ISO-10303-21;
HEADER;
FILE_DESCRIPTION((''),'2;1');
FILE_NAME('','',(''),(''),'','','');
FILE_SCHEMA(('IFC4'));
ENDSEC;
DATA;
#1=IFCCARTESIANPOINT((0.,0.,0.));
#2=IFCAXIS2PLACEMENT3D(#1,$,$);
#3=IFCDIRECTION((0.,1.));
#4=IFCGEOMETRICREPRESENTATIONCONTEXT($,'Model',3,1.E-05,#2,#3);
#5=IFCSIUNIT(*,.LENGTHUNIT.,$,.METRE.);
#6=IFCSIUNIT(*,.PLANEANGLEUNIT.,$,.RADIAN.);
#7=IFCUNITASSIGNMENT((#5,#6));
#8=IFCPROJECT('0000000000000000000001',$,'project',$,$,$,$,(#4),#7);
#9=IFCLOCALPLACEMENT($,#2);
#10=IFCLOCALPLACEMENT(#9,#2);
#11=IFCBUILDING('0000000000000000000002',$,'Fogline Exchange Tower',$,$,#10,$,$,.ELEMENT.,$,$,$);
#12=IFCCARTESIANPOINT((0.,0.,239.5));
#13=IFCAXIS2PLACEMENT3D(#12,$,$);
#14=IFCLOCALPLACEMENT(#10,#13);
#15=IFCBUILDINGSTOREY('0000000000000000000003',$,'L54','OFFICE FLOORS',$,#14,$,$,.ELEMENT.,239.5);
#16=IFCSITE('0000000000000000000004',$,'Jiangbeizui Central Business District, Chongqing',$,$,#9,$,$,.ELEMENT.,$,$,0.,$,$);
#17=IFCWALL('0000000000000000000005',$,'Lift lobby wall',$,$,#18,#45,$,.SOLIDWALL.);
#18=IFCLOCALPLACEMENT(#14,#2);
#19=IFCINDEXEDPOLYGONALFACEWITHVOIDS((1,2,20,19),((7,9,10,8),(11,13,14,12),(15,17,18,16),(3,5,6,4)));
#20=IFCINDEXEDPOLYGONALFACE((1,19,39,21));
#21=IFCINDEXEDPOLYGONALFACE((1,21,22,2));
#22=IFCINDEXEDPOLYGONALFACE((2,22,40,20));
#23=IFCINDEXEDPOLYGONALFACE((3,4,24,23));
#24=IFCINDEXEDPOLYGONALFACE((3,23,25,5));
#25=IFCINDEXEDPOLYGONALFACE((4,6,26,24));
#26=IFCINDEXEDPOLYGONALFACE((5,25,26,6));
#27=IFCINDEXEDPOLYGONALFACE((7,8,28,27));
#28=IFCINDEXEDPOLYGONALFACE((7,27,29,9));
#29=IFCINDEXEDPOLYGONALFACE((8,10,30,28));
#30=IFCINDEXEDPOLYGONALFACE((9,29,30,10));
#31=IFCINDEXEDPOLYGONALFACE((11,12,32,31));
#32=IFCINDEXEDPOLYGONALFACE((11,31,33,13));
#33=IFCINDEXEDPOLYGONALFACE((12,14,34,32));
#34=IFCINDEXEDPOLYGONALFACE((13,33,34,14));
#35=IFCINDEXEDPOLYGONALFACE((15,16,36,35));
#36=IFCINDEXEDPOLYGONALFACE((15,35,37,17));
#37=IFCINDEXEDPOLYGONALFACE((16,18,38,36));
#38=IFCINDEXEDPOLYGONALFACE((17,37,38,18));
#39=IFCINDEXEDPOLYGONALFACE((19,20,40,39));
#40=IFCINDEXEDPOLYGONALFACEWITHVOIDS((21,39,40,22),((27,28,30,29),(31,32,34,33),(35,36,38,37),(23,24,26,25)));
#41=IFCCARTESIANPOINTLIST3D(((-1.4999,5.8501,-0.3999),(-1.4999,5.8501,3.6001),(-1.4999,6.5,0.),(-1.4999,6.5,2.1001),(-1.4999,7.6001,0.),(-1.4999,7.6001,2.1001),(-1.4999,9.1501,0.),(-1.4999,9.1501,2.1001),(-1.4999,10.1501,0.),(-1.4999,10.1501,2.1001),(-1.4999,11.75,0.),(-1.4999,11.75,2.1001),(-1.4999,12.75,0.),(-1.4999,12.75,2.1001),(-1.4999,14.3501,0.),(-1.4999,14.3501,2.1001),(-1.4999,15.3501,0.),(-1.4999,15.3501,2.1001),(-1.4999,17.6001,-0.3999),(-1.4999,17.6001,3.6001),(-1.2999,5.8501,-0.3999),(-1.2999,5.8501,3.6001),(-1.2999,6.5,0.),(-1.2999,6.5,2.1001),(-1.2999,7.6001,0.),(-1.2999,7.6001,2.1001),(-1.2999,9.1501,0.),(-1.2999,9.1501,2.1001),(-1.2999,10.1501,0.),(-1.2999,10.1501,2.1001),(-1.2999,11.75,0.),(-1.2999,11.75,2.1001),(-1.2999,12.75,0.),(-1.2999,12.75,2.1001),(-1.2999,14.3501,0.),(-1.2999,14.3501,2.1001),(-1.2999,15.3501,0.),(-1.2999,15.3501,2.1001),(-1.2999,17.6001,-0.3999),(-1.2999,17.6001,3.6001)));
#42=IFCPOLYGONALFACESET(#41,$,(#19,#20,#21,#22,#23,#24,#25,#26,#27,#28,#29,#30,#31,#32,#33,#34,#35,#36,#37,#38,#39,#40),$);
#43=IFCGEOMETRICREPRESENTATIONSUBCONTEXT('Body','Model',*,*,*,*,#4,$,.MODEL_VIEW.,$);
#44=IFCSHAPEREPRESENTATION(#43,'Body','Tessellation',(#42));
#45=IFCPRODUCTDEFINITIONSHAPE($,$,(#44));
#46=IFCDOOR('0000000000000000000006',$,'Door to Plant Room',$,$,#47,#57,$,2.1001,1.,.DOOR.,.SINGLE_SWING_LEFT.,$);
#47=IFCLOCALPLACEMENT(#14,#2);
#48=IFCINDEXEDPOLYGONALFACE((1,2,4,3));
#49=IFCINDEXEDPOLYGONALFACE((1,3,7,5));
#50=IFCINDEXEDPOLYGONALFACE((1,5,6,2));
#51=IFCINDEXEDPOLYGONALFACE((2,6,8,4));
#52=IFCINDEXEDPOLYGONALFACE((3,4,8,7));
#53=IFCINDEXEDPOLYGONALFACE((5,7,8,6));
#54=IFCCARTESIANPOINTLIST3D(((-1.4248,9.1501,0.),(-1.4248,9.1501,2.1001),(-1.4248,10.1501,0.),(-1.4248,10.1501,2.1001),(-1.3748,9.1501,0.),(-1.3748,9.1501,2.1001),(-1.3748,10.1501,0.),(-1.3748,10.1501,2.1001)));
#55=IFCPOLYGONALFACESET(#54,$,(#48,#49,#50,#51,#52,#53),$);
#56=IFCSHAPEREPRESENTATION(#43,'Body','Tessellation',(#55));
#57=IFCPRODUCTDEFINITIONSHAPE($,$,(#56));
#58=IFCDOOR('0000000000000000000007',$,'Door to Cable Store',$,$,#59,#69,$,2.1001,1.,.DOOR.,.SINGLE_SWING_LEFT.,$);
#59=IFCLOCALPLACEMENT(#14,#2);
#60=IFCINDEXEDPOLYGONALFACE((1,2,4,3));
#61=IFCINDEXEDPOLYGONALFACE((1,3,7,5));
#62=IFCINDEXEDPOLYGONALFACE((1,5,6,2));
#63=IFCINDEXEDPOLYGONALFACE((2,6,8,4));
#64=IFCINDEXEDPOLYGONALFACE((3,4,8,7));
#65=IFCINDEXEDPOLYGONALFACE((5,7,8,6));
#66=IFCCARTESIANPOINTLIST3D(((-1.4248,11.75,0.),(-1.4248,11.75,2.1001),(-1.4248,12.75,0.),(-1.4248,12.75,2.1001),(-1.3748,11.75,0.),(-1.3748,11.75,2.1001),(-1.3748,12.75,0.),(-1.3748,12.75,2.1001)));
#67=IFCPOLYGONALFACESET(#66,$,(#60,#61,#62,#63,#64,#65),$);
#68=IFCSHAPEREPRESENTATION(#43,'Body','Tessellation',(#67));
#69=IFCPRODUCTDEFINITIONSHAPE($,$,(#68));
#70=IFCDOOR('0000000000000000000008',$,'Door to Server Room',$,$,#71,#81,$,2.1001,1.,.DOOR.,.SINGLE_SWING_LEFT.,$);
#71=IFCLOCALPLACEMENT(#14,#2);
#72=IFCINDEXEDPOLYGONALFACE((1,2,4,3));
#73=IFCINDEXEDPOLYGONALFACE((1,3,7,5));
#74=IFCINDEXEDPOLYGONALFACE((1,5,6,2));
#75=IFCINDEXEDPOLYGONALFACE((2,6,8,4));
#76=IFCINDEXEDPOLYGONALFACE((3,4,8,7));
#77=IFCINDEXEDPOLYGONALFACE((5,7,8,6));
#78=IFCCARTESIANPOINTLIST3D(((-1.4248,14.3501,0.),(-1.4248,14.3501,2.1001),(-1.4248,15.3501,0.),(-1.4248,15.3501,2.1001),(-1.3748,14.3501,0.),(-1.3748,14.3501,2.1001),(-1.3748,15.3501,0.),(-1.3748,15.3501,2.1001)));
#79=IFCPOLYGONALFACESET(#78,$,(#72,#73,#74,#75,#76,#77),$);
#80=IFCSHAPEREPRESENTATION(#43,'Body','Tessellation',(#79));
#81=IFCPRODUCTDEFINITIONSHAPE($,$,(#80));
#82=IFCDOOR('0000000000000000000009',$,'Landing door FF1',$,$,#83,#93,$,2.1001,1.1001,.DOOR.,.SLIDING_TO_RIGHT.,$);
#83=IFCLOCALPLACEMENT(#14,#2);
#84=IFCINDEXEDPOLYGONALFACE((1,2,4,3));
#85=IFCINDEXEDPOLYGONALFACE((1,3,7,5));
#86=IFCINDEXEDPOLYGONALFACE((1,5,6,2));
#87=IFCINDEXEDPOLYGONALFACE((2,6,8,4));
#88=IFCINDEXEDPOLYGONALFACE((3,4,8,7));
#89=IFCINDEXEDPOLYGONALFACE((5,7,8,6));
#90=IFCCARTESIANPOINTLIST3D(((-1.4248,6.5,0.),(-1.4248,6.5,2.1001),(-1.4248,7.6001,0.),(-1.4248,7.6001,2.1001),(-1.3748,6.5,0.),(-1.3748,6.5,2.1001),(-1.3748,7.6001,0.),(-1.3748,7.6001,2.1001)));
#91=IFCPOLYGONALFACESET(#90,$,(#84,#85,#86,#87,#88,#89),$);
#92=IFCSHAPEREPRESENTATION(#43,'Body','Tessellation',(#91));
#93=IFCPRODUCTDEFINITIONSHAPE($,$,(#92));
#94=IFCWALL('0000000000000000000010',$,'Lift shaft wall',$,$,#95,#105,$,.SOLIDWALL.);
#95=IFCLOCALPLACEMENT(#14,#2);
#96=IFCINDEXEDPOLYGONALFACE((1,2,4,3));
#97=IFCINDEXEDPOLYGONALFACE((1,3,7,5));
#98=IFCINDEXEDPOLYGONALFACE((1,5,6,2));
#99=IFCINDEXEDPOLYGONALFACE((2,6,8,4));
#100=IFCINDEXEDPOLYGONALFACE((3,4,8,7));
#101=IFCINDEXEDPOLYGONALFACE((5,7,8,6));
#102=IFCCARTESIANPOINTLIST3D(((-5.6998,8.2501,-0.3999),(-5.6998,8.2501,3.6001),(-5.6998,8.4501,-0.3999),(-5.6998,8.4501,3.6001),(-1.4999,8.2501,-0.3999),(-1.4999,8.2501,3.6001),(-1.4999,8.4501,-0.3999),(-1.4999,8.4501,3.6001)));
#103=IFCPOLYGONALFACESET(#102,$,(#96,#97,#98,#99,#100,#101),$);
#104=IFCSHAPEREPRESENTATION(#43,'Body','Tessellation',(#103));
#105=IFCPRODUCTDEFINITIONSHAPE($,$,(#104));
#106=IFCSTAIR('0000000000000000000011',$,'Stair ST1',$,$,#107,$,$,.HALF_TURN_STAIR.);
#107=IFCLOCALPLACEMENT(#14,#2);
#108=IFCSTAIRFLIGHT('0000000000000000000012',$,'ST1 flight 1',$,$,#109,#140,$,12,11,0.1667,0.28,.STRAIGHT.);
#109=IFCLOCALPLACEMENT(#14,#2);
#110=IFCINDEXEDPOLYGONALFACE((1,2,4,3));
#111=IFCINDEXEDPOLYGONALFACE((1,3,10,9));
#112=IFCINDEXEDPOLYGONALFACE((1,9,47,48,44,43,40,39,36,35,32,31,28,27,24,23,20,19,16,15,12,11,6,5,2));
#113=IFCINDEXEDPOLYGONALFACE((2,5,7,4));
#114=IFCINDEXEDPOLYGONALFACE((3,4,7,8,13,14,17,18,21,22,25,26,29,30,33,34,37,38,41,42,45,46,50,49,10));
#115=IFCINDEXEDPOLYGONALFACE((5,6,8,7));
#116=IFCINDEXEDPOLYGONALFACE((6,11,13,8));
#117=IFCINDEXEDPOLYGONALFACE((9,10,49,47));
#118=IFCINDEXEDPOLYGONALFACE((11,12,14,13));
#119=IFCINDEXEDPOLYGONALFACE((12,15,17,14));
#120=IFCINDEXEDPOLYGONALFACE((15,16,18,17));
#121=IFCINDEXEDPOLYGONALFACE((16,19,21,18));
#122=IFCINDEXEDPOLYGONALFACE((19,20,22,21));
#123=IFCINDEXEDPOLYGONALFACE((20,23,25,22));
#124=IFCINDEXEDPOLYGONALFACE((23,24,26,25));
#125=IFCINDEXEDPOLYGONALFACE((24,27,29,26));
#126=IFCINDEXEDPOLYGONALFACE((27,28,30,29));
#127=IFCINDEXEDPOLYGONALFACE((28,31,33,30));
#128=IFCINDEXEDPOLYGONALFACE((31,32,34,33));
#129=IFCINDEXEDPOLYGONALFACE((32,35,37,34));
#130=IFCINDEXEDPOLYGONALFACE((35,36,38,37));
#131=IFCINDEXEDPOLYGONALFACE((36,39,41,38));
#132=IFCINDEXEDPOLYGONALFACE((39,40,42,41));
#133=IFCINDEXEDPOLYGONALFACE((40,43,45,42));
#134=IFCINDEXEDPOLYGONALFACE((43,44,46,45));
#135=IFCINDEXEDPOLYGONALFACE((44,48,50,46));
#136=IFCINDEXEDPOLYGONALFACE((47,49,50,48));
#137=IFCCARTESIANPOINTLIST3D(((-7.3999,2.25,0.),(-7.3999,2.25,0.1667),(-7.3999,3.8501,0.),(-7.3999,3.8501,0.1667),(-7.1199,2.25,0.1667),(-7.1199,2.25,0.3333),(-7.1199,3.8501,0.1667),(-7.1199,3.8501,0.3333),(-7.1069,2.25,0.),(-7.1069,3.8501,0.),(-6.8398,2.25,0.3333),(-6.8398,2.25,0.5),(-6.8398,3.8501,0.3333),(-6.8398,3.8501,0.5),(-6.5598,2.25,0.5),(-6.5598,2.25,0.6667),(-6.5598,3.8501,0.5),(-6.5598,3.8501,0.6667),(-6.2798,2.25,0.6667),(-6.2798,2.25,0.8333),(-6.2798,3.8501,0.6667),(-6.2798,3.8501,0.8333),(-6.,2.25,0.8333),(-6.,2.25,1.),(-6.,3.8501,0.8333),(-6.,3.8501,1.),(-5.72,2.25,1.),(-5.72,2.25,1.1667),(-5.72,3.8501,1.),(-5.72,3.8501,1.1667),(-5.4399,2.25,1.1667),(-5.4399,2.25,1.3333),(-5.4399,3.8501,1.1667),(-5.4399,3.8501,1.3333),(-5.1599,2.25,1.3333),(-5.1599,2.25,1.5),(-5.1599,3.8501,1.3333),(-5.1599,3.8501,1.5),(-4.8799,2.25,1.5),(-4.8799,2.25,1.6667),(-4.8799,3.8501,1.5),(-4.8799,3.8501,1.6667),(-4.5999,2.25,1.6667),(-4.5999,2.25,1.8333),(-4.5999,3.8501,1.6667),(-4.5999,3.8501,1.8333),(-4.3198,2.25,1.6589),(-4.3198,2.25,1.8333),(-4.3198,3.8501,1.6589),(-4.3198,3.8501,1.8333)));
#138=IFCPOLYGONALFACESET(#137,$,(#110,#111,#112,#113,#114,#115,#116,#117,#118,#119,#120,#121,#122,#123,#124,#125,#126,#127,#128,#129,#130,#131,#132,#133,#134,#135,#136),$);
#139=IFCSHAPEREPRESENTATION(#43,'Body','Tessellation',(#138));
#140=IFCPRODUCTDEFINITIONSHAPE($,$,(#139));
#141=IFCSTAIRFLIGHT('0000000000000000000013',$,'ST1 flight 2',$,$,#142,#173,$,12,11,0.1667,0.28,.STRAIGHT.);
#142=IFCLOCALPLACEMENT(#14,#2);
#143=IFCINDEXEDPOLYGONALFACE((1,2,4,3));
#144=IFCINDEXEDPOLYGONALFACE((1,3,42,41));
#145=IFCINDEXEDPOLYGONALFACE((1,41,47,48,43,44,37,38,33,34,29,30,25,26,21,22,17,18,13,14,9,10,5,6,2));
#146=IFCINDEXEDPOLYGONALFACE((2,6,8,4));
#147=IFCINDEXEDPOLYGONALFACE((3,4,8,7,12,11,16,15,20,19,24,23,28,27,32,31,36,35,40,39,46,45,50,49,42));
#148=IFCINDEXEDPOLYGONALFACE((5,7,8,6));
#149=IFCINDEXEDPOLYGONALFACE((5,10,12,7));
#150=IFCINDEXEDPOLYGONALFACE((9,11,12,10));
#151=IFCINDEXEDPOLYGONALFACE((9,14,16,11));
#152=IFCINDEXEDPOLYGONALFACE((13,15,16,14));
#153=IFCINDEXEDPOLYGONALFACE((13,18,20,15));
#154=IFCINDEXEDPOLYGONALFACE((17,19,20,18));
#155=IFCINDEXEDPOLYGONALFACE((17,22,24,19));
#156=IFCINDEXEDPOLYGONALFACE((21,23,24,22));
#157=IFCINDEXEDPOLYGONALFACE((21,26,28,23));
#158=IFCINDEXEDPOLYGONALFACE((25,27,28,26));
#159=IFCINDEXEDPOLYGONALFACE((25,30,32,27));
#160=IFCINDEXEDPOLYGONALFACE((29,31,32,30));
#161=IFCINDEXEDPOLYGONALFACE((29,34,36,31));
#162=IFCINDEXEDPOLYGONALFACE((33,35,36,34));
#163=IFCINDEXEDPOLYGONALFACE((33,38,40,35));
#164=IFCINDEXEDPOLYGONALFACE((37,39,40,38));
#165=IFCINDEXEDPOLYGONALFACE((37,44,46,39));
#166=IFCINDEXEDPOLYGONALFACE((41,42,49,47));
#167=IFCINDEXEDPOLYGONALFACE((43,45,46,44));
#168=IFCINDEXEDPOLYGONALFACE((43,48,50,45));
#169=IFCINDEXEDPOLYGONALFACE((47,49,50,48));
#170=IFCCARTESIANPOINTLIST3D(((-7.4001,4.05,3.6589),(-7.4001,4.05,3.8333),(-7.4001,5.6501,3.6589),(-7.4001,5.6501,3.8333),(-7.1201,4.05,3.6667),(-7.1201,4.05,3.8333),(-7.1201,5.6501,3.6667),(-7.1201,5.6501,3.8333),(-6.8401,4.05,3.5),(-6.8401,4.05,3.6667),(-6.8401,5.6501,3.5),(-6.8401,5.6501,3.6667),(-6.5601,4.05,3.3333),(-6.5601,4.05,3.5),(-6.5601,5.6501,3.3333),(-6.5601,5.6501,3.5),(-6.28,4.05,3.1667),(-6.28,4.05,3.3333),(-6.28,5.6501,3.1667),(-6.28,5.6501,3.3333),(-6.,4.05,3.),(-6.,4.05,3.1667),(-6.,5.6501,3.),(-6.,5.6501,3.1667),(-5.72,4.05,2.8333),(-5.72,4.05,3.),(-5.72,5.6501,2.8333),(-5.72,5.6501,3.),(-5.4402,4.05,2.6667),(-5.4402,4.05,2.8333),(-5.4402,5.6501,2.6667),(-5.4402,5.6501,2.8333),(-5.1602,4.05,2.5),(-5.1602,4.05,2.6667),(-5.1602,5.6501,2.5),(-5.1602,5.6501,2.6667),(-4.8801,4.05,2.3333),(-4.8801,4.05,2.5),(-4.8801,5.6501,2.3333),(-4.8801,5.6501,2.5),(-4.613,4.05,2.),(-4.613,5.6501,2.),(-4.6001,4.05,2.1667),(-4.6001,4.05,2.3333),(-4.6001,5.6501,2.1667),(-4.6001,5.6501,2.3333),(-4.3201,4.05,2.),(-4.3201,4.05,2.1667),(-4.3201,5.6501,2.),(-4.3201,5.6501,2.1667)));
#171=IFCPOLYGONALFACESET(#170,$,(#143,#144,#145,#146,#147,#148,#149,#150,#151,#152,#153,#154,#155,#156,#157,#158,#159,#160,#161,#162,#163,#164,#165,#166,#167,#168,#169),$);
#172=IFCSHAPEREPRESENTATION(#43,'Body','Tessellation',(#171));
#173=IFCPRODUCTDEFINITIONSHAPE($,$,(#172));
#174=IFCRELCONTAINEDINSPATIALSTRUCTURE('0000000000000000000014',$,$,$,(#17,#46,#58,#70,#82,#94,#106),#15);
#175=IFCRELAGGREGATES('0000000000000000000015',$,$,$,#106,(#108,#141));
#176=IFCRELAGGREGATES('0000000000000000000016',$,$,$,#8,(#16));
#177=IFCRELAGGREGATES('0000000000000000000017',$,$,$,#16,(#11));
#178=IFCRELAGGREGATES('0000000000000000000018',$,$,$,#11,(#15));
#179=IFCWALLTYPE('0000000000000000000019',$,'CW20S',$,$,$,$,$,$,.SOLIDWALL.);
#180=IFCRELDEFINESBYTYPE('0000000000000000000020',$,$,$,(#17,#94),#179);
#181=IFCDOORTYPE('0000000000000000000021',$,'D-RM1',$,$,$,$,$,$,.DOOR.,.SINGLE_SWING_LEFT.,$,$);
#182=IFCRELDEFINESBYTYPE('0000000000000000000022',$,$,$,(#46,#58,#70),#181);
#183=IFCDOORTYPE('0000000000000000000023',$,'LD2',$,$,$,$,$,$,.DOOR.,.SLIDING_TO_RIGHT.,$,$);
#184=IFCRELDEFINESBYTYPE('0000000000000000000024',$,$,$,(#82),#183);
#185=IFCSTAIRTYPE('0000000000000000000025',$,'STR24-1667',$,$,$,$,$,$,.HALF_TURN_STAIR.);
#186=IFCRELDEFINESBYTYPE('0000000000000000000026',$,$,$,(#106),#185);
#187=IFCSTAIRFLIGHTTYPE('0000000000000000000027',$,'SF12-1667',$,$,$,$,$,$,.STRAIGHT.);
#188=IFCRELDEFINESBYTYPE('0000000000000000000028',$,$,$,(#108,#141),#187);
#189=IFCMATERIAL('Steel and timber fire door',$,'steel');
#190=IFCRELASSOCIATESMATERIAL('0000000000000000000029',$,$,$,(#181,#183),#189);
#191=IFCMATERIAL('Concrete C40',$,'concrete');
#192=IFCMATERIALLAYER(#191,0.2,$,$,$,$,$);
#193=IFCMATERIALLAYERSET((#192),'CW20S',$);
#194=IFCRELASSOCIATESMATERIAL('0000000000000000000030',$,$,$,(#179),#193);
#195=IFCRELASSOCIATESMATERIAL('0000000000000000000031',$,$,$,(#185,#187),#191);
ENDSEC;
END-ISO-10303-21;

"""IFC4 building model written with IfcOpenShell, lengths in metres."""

from ifc_helpers import new_model, si_unit, direction, frame, frame_2d, origin, place, context, subcontext, project, spatial, polyline, rectangle, outline, extrude, material, layer, layer_set, type_object, element, fill, aggregate, save


model = new_model("IFC4")

# Units and contexts
model_context = context("Model", 3, precision=1e-05, world=origin(), true_north=direction((0.0, 1.0)))
body_context = subcontext(model_context, "Body", "Model", "MODEL_VIEW")
ifc_project = project(units=[si_unit("LENGTHUNIT", "METRE"), si_unit("PLANEANGLEUNIT", "RADIAN")], contexts=[model_context])

# Site, building, storey
site_placement = place(None, origin())
site = spatial("IfcSite", under=ifc_project, at=site_placement, Name="Jiangbeizui Central Business District, Chongqing", CompositionType="ELEMENT", RefElevation=0.0)
building_placement = place(site_placement, origin())
building = spatial("IfcBuilding", under=site, at=building_placement, Name="Fogline Exchange Tower", CompositionType="ELEMENT")
storey_placement = place(building_placement, frame((0.0, 0.0, 239.5)))
storey = spatial("IfcBuildingStorey", under=building, at=storey_placement, Name="L54", Description="OFFICE FLOORS", CompositionType="ELEMENT", Elevation=239.5)

# Shared definitions
ifc_material_1 = material(Name="Steel and timber fire door", Category="steel")

# Shared definitions
ifc_material_2 = material(Name="Concrete C40", Category="concrete")

# Shared definitions
door_type_1 = type_object("IfcDoorType", Name="D-RM1", OperationType="SINGLE_SWING_LEFT", PredefinedType="DOOR", material=ifc_material_1)

# Shared definitions
ifc_layer_1 = layer(ifc_material_2, 0.2)
ifc_layer_set_1 = layer_set([ifc_layer_1], Name="CW20S")
wall_type_1 = type_object("IfcWallType", Name="CW20S", PredefinedType="SOLIDWALL", material=ifc_layer_set_1)

# Wall, openings, doors
wall_1_placement = place(storey_placement, frame((-1.3999, 5.8501, -0.3999), z_axis=(0.0, 0.0, 1.0), x_axis=(0.0, 1.0, 0.0)))
wall_1 = element("IfcWall", 1, at=wall_1_placement, inside=storey, type_object=wall_type_1, Name="Lift lobby wall", PredefinedType="SOLIDWALL", context=body_context, shape_type="SweptSolid", body=[
    extrude(rectangle(XDim=11.75, YDim=0.2, at=frame_2d((5.875, 0.0))), origin(), (0.0, 0.0, 1.0), 4.0),
])
opening_1_placement = place(wall_1_placement, frame((0.6499, 0.0, 0.3999)))
opening_1 = element("IfcOpeningElement", 2, at=opening_1_placement, cuts=wall_1, PredefinedType="OPENING", context=body_context, shape_type="SweptSolid", body=[
    extrude(rectangle(XDim=1.1001, YDim=2.1001, at=frame_2d((0.55, 1.05))), frame((0.0, 0.1099, 0.0), z_axis=(0.0, -1.0, 0.0), x_axis=(1.0, 0.0, 0.0)), (0.0, 0.0, 1.0), 0.22),
])
opening_2_placement = place(wall_1_placement, frame((3.3, 0.0, 0.3999)))
opening_2 = element("IfcOpeningElement", 3, at=opening_2_placement, cuts=wall_1, PredefinedType="OPENING", context=body_context, shape_type="SweptSolid", body=[
    extrude(rectangle(XDim=1.0, YDim=2.1001, at=frame_2d((0.5, 1.05))), frame((0.0, 0.1099, 0.0), z_axis=(0.0, -1.0, 0.0), x_axis=(1.0, 0.0, 0.0)), (0.0, 0.0, 1.0), 0.22),
])
opening_3_placement = place(wall_1_placement, frame((5.8999, 0.0, 0.3999)))
opening_3 = element("IfcOpeningElement", 4, at=opening_3_placement, cuts=wall_1, PredefinedType="OPENING", context=body_context, shape_type="SweptSolid", body=[
    extrude(rectangle(XDim=1.0, YDim=2.1001, at=frame_2d((0.5, 1.05))), frame((0.0, 0.1099, 0.0), z_axis=(0.0, -1.0, 0.0), x_axis=(1.0, 0.0, 0.0)), (0.0, 0.0, 1.0), 0.22),
])
opening_4_placement = place(wall_1_placement, frame((8.5, 0.0, 0.3999)))
opening_4 = element("IfcOpeningElement", 5, at=opening_4_placement, cuts=wall_1, PredefinedType="OPENING", context=body_context, shape_type="SweptSolid", body=[
    extrude(rectangle(XDim=1.0, YDim=2.1001, at=frame_2d((0.5, 1.05))), frame((0.0, 0.1099, 0.0), z_axis=(0.0, -1.0, 0.0), x_axis=(1.0, 0.0, 0.0)), (0.0, 0.0, 1.0), 0.22),
])
door_1_placement = place(opening_2_placement, origin())
door_1 = element("IfcDoor", 6, at=door_1_placement, inside=storey, type_object=door_type_1, Name="Door to Plant Room", OperationType="SINGLE_SWING_LEFT", OverallHeight=2.1001, OverallWidth=1.0, PredefinedType="DOOR", context=body_context, shape_type="SweptSolid", body=[
    extrude(rectangle(XDim=1.0, YDim=2.1001, at=frame_2d((0.5, 1.05))), frame((0.0, 0.0249, 0.0), z_axis=(0.0, -1.0, 0.0), x_axis=(1.0, 0.0, 0.0)), (0.0, 0.0, 1.0), 0.05),
])
fill(opening_2, door_1)
door_2_placement = place(opening_3_placement, origin())
door_2 = element("IfcDoor", 7, at=door_2_placement, inside=storey, type_object=door_type_1, Name="Door to Cable Store", OperationType="SINGLE_SWING_LEFT", OverallHeight=2.1001, OverallWidth=1.0, PredefinedType="DOOR", context=body_context, shape_type="SweptSolid", body=[
    extrude(rectangle(XDim=1.0, YDim=2.1001, at=frame_2d((0.5, 1.05))), frame((0.0, 0.0249, 0.0), z_axis=(0.0, -1.0, 0.0), x_axis=(1.0, 0.0, 0.0)), (0.0, 0.0, 1.0), 0.05),
])
fill(opening_3, door_2)
door_3_placement = place(opening_4_placement, origin())
door_3 = element("IfcDoor", 8, at=door_3_placement, inside=storey, type_object=door_type_1, Name="Door to Server Room", OperationType="SINGLE_SWING_LEFT", OverallHeight=2.1001, OverallWidth=1.0, PredefinedType="DOOR", context=body_context, shape_type="SweptSolid", body=[
    extrude(rectangle(XDim=1.0, YDim=2.1001, at=frame_2d((0.5, 1.05))), frame((0.0, 0.0249, 0.0), z_axis=(0.0, -1.0, 0.0), x_axis=(1.0, 0.0, 0.0)), (0.0, 0.0, 1.0), 0.05),
])
fill(opening_4, door_3)
door_type_2 = type_object("IfcDoorType", Name="LD2", OperationType="SLIDING_TO_RIGHT", PredefinedType="DOOR", material=ifc_material_1)
door_4_placement = place(opening_1_placement, origin())
door_4 = element("IfcDoor", 9, at=door_4_placement, inside=storey, type_object=door_type_2, Name="Landing door FF1", OperationType="SLIDING_TO_RIGHT", OverallHeight=2.1001, OverallWidth=1.1001, PredefinedType="DOOR", context=body_context, shape_type="SweptSolid", body=[
    extrude(rectangle(XDim=1.1001, YDim=2.1001, at=frame_2d((0.55, 1.05))), frame((0.0, 0.0249, 0.0), z_axis=(0.0, -1.0, 0.0), x_axis=(1.0, 0.0, 0.0)), (0.0, 0.0, 1.0), 0.05),
])
fill(opening_1, door_4)

# Wall
wall_2_placement = place(storey_placement, frame((-5.7, 8.3501, -0.3999), z_axis=(0.0, 0.0, 1.0), x_axis=(1.0, 0.0, 0.0)))
element("IfcWall", 10, at=wall_2_placement, inside=storey, type_object=wall_type_1, Name="Lift shaft wall", PredefinedType="SOLIDWALL", context=body_context, shape_type="SweptSolid", body=[
    extrude(rectangle(XDim=4.2, YDim=0.2, at=frame_2d((2.1001, 0.0))), origin(), (0.0, 0.0, 1.0), 4.0),
])

# Stair, stair flights
stair_type = type_object("IfcStairType", Name="STR24-1667", PredefinedType="HALF_TURN_STAIR", material=ifc_material_2)
stair_placement = place(storey_placement, origin())
stair = element("IfcStair", 11, at=stair_placement, inside=storey, type_object=stair_type, Name="Stair ST1", PredefinedType="HALF_TURN_STAIR")
stair_flight_type = type_object("IfcStairFlightType", Name="SF12-1667", PredefinedType="STRAIGHT", material=ifc_material_2)
stair_flight_1_placement = place(storey_placement, frame((-7.3999, 3.05, 0.0), z_axis=(0.0, 0.0, 1.0), x_axis=(1.0, 0.0, 0.0)))
stair_flight_1 = element("IfcStairFlight", 12, at=stair_flight_1_placement, type_object=stair_flight_type, Name="ST1 flight 1", NumberOfRisers=12, NumberOfTreads=11, PredefinedType="STRAIGHT", RiserHeight=0.1667, TreadLength=0.28, context=body_context, shape_type="SweptSolid", body=[
    extrude(outline(polyline([(0.0, 0.0), (0.0, 0.1667), (0.28, 0.1667), (0.28, 0.3333), (0.5601, 0.3333), (0.5601, 0.5), (0.8401, 0.5), (0.8401, 0.6667), (1.1201, 0.6667), (1.1201, 0.8333), (1.3999, 0.8333), (1.3999, 1.0), (1.6799, 1.0), (1.6799, 1.1667), (1.96, 1.1667), (1.96, 1.3333), (2.24, 1.3333), (2.24, 1.5), (2.52, 1.5), (2.52, 1.6667), (2.8, 1.6667), (2.8, 1.8333), (3.0801, 1.8333), (3.0801, 2.0), (3.0801, 1.6589), (0.293, 0.0), (0.0, 0.0)])), frame((0.0, 0.8, 0.0), z_axis=(0.0, -1.0, 0.0), x_axis=(1.0, 0.0, 0.0)), (0.0, 0.0, 1.0), 1.6001),
])
stair_flight_2_placement = place(storey_placement, frame((-4.3201, 4.8501, 2.0), z_axis=(0.0, 0.0, 1.0), x_axis=(-1.0, 0.0, 0.0)))
stair_flight_2 = element("IfcStairFlight", 13, at=stair_flight_2_placement, type_object=stair_flight_type, Name="ST1 flight 2", NumberOfRisers=12, NumberOfTreads=11, PredefinedType="STRAIGHT", RiserHeight=0.1667, TreadLength=0.28, context=body_context, shape_type="SweptSolid", body=[
    extrude(outline(polyline([(0.0, 0.0), (0.0, 0.1667), (0.28, 0.1667), (0.28, 0.3333), (0.5601, 0.3333), (0.5601, 0.5), (0.8401, 0.5), (0.8401, 0.6667), (1.1201, 0.6667), (1.1201, 0.8333), (1.3999, 0.8333), (1.3999, 1.0), (1.6799, 1.0), (1.6799, 1.1667), (1.96, 1.1667), (1.96, 1.3333), (2.24, 1.3333), (2.24, 1.5), (2.52, 1.5), (2.52, 1.6667), (2.8, 1.6667), (2.8, 1.8333), (3.0801, 1.8333), (3.0801, 2.0), (3.0801, 1.6589), (0.293, 0.0), (0.0, 0.0)])), frame((0.0, 0.8, 0.0), z_axis=(0.0, -1.0, 0.0), x_axis=(1.0, 0.0, 0.0)), (0.0, 0.0, 1.0), 1.6001),
])
aggregate(stair, [stair_flight_1, stair_flight_2])

save(model, "model.ifc")
